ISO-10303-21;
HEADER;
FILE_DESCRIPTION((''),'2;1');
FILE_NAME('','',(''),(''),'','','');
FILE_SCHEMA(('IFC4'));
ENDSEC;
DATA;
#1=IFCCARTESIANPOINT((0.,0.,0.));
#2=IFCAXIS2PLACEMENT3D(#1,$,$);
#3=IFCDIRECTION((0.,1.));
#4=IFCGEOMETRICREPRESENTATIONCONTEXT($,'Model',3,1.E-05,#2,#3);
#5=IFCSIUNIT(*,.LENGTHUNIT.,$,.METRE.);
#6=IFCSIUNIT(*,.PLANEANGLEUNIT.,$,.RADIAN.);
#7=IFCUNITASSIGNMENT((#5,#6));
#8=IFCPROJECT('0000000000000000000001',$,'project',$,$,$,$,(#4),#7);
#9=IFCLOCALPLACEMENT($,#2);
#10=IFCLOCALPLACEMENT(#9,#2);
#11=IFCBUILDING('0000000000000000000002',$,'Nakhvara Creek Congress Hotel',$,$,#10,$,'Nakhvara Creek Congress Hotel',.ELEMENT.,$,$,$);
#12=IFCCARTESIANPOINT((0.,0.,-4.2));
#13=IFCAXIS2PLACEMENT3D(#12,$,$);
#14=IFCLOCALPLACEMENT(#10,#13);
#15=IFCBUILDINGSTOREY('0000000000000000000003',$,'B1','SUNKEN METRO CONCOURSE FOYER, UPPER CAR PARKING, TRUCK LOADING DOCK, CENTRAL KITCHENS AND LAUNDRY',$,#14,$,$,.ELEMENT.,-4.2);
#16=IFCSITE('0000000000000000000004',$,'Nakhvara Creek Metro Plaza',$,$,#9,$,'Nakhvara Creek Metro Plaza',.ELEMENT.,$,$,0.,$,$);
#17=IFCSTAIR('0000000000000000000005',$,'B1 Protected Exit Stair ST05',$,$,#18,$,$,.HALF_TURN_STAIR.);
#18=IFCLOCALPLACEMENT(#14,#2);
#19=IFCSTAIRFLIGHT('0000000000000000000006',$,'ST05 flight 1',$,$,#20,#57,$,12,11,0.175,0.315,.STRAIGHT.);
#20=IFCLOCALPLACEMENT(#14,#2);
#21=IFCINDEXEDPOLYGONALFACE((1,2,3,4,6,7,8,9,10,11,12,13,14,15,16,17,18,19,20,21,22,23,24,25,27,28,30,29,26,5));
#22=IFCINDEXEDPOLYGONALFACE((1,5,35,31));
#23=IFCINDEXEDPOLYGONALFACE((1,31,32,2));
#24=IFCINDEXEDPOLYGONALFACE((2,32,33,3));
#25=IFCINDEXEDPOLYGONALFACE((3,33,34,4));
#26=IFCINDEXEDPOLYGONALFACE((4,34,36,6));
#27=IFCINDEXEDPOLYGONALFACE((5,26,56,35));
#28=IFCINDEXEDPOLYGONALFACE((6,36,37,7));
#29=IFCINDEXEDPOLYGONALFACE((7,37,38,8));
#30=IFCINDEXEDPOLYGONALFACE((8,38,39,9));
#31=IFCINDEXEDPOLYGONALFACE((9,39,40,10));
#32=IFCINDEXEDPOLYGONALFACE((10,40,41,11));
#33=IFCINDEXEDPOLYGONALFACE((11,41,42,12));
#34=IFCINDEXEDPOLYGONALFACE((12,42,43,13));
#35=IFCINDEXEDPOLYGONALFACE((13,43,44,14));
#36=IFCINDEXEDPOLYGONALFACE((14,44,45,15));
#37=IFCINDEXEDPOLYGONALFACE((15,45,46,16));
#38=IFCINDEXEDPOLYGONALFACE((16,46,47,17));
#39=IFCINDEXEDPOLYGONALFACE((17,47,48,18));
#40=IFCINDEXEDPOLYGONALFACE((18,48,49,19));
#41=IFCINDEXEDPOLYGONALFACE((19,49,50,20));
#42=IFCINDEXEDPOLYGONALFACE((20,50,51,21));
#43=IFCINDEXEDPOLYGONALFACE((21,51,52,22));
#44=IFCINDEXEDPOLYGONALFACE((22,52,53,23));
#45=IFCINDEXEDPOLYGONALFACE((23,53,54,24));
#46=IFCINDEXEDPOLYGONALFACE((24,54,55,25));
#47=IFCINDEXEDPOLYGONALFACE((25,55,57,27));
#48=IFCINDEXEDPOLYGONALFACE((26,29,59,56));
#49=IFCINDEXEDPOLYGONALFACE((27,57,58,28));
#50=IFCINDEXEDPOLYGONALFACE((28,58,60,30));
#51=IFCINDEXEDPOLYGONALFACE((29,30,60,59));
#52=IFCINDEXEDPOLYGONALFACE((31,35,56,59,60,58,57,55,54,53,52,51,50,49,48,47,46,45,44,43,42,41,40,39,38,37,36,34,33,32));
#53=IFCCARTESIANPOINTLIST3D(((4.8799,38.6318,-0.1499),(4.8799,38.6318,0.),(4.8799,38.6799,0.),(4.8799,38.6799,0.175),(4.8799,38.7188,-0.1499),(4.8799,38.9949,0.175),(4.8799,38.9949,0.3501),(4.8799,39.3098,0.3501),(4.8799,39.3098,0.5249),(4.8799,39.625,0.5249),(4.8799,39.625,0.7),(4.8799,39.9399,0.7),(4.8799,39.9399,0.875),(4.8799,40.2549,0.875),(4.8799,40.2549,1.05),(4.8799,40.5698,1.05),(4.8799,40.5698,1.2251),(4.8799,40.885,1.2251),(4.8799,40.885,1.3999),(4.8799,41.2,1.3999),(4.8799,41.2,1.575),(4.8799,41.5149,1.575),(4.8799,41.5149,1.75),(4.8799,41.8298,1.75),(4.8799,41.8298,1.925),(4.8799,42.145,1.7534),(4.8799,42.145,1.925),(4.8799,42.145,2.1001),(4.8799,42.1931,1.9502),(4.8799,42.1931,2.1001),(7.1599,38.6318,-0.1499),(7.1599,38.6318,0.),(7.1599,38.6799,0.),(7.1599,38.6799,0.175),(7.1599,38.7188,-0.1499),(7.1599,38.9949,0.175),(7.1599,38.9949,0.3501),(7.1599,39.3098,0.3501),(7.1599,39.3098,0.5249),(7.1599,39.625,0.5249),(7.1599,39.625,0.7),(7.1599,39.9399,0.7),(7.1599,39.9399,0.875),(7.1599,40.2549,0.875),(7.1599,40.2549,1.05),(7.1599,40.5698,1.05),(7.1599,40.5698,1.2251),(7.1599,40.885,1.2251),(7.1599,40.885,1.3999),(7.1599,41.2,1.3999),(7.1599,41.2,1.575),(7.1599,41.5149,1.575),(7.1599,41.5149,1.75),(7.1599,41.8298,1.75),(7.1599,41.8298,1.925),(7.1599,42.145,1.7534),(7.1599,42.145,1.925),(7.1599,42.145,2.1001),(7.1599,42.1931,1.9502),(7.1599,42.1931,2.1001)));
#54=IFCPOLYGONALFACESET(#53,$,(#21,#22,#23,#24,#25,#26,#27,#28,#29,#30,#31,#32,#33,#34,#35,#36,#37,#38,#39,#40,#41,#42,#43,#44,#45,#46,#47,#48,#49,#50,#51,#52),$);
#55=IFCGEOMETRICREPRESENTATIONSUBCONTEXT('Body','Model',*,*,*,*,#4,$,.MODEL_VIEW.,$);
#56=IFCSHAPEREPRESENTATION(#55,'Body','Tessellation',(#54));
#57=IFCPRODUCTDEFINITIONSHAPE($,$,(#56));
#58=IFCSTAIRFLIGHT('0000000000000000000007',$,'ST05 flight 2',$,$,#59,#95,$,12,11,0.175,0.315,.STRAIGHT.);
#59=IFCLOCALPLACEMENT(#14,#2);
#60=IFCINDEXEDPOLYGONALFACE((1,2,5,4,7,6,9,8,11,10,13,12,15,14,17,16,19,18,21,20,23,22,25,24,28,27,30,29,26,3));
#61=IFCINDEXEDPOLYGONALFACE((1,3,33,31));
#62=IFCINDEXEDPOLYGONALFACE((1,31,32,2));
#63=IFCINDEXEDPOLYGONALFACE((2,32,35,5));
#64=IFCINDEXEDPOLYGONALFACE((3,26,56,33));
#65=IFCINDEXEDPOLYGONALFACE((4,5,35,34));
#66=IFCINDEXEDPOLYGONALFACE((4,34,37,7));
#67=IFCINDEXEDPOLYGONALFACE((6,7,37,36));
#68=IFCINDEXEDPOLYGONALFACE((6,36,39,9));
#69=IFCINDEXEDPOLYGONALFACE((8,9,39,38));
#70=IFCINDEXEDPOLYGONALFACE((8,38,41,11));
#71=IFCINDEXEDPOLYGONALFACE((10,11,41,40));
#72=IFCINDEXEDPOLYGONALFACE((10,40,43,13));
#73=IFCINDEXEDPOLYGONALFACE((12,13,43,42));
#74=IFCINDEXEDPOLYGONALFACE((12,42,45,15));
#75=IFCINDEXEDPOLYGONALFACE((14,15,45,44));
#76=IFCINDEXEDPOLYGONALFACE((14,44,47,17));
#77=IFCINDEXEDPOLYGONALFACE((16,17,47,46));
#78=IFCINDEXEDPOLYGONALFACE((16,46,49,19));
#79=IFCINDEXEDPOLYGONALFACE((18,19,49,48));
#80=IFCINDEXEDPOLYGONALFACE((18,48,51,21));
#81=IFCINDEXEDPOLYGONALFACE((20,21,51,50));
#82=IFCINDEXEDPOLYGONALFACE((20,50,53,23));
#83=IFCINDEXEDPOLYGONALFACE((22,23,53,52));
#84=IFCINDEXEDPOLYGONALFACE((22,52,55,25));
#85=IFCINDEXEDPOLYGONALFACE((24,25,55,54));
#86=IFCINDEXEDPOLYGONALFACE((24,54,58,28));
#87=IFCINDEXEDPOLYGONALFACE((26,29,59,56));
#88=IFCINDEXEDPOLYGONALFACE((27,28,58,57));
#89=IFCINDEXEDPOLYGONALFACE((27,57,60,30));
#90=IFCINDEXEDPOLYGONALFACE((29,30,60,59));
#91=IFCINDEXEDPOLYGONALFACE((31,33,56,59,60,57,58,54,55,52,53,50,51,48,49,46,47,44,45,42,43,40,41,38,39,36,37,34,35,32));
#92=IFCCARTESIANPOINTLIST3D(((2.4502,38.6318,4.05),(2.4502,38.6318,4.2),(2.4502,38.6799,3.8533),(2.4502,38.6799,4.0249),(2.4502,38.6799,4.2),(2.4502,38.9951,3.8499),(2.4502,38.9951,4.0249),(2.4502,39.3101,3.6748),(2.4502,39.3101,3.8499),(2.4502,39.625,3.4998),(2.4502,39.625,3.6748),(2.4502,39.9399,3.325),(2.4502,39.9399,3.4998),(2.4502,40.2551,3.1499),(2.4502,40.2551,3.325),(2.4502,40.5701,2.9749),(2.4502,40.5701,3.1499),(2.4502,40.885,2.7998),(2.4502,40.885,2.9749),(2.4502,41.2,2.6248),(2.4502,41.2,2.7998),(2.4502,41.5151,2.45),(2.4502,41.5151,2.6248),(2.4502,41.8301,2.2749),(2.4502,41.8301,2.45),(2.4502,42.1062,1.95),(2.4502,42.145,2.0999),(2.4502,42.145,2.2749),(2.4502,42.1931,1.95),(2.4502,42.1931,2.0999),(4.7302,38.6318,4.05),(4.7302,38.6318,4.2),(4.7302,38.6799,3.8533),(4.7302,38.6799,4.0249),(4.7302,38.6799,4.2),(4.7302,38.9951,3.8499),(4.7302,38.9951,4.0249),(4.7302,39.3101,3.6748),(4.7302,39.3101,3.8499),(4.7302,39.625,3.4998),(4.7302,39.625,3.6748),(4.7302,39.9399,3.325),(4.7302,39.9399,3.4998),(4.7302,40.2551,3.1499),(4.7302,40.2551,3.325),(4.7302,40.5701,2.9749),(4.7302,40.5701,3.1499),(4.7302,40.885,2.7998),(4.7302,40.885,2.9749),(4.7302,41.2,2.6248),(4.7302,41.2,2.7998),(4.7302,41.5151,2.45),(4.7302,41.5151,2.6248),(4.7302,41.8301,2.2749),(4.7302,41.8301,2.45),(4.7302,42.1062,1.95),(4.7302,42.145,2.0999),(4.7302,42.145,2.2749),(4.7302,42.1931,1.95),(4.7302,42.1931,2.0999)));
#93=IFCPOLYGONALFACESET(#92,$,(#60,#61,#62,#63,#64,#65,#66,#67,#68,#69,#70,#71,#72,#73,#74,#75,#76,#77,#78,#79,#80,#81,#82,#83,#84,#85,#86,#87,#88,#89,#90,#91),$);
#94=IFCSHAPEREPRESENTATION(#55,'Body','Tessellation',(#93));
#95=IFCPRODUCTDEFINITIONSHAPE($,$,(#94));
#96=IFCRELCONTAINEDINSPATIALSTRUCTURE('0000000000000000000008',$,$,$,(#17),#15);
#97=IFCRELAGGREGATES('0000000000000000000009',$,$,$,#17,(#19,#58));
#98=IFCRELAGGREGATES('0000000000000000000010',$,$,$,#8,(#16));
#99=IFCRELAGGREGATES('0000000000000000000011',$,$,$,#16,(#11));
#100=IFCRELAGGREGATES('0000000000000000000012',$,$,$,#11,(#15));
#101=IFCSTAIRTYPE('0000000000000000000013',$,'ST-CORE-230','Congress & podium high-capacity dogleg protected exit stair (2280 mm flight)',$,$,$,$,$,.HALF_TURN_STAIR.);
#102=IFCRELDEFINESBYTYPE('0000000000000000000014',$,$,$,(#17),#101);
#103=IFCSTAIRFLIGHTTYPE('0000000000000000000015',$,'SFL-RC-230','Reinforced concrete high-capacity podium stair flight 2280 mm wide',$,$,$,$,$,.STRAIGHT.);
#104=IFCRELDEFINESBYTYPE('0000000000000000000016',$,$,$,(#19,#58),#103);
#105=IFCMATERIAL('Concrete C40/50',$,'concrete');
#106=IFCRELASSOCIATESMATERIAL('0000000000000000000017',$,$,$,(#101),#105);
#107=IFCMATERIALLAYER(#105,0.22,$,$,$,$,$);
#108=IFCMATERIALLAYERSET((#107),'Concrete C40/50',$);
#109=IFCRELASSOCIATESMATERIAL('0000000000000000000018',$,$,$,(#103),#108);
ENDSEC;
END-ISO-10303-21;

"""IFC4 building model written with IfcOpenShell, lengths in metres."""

from ifc_helpers import new_model, si_unit, direction, frame, origin, place, context, subcontext, project, spatial, polyline, outline, extrude, material, layer, layer_set, type_object, element, aggregate, save


model = new_model("IFC4")

# Units and contexts
model_context = context("Model", 3, precision=1e-05, world=origin(), true_north=direction((0.0, 1.0)))
body_context = subcontext(model_context, "Body", "Model", "MODEL_VIEW")
ifc_project = project(units=[si_unit("LENGTHUNIT", "METRE"), si_unit("PLANEANGLEUNIT", "RADIAN")], contexts=[model_context])

# Site, building, storey
site_placement = place(None, origin())
site = spatial("IfcSite", under=ifc_project, at=site_placement, Name="Nakhvara Creek Metro Plaza", LongName="Nakhvara Creek Metro Plaza", CompositionType="ELEMENT", RefElevation=0.0)
building_placement = place(site_placement, origin())
building = spatial("IfcBuilding", under=site, at=building_placement, Name="Nakhvara Creek Congress Hotel", LongName="Nakhvara Creek Congress Hotel", CompositionType="ELEMENT")
storey_placement = place(building_placement, frame((0.0, 0.0, -4.2)))
storey = spatial("IfcBuildingStorey", under=building, at=storey_placement, Name="B1", Description="SUNKEN METRO CONCOURSE FOYER, UPPER CAR PARKING, TRUCK LOADING DOCK, CENTRAL KITCHENS AND LAUNDRY", CompositionType="ELEMENT", Elevation=-4.2)

# Shared definitions
ifc_material_1 = material(Name="Concrete C40/50", Category="concrete")

# Stair, stair flights
stair_type = type_object("IfcStairType", Name="ST-CORE-230", Description="Congress & podium high-capacity dogleg protected exit stair (2280 mm flight)", PredefinedType="HALF_TURN_STAIR", material=ifc_material_1)
stair_placement = place(storey_placement, origin())
stair = element("IfcStair", 1, at=stair_placement, inside=storey, type_object=stair_type, Name="B1 Protected Exit Stair ST05", PredefinedType="HALF_TURN_STAIR")
ifc_layer_1 = layer(ifc_material_1, 0.22)
ifc_layer_set_1 = layer_set([ifc_layer_1], Name="Concrete C40/50")
stair_flight_type = type_object("IfcStairFlightType", Name="SFL-RC-230", Description="Reinforced concrete high-capacity podium stair flight 2280 mm wide", PredefinedType="STRAIGHT", material=ifc_layer_set_1)
stair_flight_1_placement = place(storey_placement, frame((6.02, 38.6799, 0.0), z_axis=(0.0, 0.0, 1.0), x_axis=(0.0, 1.0, 0.0)))
stair_flight_1 = element("IfcStairFlight", 2, at=stair_flight_1_placement, type_object=stair_flight_type, Name="ST05 flight 1", NumberOfRisers=12, NumberOfTreads=11, PredefinedType="STRAIGHT", RiserHeight=0.175, TreadLength=0.315, context=body_context, shape_type="SweptSolid", body=[
    extrude(outline(polyline([(-0.0481, 0.0), (0.0, 0.0), (0.0, 0.175), (0.3149, 0.175), (0.3149, 0.3501), (0.6299, 0.3501), (0.6299, 0.5249), (0.9451, 0.5249), (0.9451, 0.7), (1.26, 0.7), (1.26, 0.875), (1.575, 0.875), (1.575, 1.05), (1.8899, 1.05), (1.8899, 1.2251), (2.2051, 1.2251), (2.2051, 1.3999), (2.52, 1.3999), (2.52, 1.575), (2.835, 1.575), (2.835, 1.75), (3.1499, 1.75), (3.1499, 1.925), (3.4651, 1.925), (3.4651, 2.1001), (3.5132, 2.1001), (3.5132, 1.9502), (3.4651, 1.7534), (0.0388, -0.1499), (-0.0481, -0.1499), (-0.0481, 0.0)])), frame((0.0, 1.1401, 0.0), z_axis=(0.0, -1.0, 0.0), x_axis=(1.0, 0.0, 0.0)), (0.0, 0.0, 1.0), 2.28),
])
stair_flight_2_placement = place(storey_placement, frame((3.5901, 42.145, 2.0999), z_axis=(0.0, 0.0, 1.0), x_axis=(0.0, -1.0, 0.0)))
stair_flight_2 = element("IfcStairFlight", 3, at=stair_flight_2_placement, type_object=stair_flight_type, Name="ST05 flight 2", NumberOfRisers=12, NumberOfTreads=11, PredefinedType="STRAIGHT", RiserHeight=0.175, TreadLength=0.315, context=body_context, shape_type="SweptSolid", body=[
    extrude(outline(polyline([(-0.0481, 0.0), (0.0, 0.0), (0.0, 0.175), (0.3149, 0.175), (0.3149, 0.3501), (0.6299, 0.3501), (0.6299, 0.5249), (0.9451, 0.5249), (0.9451, 0.7), (1.26, 0.7), (1.26, 0.875), (1.575, 0.875), (1.575, 1.05), (1.8899, 1.05), (1.8899, 1.2251), (2.2051, 1.2251), (2.2051, 1.3999), (2.52, 1.3999), (2.52, 1.575), (2.835, 1.575), (2.835, 1.75), (3.1499, 1.75), (3.1499, 1.925), (3.4651, 1.925), (3.4651, 2.1001), (3.5132, 2.1001), (3.5132, 1.9502), (3.4651, 1.7534), (0.0388, -0.1499), (-0.0481, -0.1499), (-0.0481, 0.0)])), frame((0.0, 1.1401, 0.0), z_axis=(0.0, -1.0, 0.0), x_axis=(1.0, 0.0, 0.0)), (0.0, 0.0, 1.0), 2.28),
])
aggregate(stair, [stair_flight_1, stair_flight_2])

save(model, "model.ifc")
